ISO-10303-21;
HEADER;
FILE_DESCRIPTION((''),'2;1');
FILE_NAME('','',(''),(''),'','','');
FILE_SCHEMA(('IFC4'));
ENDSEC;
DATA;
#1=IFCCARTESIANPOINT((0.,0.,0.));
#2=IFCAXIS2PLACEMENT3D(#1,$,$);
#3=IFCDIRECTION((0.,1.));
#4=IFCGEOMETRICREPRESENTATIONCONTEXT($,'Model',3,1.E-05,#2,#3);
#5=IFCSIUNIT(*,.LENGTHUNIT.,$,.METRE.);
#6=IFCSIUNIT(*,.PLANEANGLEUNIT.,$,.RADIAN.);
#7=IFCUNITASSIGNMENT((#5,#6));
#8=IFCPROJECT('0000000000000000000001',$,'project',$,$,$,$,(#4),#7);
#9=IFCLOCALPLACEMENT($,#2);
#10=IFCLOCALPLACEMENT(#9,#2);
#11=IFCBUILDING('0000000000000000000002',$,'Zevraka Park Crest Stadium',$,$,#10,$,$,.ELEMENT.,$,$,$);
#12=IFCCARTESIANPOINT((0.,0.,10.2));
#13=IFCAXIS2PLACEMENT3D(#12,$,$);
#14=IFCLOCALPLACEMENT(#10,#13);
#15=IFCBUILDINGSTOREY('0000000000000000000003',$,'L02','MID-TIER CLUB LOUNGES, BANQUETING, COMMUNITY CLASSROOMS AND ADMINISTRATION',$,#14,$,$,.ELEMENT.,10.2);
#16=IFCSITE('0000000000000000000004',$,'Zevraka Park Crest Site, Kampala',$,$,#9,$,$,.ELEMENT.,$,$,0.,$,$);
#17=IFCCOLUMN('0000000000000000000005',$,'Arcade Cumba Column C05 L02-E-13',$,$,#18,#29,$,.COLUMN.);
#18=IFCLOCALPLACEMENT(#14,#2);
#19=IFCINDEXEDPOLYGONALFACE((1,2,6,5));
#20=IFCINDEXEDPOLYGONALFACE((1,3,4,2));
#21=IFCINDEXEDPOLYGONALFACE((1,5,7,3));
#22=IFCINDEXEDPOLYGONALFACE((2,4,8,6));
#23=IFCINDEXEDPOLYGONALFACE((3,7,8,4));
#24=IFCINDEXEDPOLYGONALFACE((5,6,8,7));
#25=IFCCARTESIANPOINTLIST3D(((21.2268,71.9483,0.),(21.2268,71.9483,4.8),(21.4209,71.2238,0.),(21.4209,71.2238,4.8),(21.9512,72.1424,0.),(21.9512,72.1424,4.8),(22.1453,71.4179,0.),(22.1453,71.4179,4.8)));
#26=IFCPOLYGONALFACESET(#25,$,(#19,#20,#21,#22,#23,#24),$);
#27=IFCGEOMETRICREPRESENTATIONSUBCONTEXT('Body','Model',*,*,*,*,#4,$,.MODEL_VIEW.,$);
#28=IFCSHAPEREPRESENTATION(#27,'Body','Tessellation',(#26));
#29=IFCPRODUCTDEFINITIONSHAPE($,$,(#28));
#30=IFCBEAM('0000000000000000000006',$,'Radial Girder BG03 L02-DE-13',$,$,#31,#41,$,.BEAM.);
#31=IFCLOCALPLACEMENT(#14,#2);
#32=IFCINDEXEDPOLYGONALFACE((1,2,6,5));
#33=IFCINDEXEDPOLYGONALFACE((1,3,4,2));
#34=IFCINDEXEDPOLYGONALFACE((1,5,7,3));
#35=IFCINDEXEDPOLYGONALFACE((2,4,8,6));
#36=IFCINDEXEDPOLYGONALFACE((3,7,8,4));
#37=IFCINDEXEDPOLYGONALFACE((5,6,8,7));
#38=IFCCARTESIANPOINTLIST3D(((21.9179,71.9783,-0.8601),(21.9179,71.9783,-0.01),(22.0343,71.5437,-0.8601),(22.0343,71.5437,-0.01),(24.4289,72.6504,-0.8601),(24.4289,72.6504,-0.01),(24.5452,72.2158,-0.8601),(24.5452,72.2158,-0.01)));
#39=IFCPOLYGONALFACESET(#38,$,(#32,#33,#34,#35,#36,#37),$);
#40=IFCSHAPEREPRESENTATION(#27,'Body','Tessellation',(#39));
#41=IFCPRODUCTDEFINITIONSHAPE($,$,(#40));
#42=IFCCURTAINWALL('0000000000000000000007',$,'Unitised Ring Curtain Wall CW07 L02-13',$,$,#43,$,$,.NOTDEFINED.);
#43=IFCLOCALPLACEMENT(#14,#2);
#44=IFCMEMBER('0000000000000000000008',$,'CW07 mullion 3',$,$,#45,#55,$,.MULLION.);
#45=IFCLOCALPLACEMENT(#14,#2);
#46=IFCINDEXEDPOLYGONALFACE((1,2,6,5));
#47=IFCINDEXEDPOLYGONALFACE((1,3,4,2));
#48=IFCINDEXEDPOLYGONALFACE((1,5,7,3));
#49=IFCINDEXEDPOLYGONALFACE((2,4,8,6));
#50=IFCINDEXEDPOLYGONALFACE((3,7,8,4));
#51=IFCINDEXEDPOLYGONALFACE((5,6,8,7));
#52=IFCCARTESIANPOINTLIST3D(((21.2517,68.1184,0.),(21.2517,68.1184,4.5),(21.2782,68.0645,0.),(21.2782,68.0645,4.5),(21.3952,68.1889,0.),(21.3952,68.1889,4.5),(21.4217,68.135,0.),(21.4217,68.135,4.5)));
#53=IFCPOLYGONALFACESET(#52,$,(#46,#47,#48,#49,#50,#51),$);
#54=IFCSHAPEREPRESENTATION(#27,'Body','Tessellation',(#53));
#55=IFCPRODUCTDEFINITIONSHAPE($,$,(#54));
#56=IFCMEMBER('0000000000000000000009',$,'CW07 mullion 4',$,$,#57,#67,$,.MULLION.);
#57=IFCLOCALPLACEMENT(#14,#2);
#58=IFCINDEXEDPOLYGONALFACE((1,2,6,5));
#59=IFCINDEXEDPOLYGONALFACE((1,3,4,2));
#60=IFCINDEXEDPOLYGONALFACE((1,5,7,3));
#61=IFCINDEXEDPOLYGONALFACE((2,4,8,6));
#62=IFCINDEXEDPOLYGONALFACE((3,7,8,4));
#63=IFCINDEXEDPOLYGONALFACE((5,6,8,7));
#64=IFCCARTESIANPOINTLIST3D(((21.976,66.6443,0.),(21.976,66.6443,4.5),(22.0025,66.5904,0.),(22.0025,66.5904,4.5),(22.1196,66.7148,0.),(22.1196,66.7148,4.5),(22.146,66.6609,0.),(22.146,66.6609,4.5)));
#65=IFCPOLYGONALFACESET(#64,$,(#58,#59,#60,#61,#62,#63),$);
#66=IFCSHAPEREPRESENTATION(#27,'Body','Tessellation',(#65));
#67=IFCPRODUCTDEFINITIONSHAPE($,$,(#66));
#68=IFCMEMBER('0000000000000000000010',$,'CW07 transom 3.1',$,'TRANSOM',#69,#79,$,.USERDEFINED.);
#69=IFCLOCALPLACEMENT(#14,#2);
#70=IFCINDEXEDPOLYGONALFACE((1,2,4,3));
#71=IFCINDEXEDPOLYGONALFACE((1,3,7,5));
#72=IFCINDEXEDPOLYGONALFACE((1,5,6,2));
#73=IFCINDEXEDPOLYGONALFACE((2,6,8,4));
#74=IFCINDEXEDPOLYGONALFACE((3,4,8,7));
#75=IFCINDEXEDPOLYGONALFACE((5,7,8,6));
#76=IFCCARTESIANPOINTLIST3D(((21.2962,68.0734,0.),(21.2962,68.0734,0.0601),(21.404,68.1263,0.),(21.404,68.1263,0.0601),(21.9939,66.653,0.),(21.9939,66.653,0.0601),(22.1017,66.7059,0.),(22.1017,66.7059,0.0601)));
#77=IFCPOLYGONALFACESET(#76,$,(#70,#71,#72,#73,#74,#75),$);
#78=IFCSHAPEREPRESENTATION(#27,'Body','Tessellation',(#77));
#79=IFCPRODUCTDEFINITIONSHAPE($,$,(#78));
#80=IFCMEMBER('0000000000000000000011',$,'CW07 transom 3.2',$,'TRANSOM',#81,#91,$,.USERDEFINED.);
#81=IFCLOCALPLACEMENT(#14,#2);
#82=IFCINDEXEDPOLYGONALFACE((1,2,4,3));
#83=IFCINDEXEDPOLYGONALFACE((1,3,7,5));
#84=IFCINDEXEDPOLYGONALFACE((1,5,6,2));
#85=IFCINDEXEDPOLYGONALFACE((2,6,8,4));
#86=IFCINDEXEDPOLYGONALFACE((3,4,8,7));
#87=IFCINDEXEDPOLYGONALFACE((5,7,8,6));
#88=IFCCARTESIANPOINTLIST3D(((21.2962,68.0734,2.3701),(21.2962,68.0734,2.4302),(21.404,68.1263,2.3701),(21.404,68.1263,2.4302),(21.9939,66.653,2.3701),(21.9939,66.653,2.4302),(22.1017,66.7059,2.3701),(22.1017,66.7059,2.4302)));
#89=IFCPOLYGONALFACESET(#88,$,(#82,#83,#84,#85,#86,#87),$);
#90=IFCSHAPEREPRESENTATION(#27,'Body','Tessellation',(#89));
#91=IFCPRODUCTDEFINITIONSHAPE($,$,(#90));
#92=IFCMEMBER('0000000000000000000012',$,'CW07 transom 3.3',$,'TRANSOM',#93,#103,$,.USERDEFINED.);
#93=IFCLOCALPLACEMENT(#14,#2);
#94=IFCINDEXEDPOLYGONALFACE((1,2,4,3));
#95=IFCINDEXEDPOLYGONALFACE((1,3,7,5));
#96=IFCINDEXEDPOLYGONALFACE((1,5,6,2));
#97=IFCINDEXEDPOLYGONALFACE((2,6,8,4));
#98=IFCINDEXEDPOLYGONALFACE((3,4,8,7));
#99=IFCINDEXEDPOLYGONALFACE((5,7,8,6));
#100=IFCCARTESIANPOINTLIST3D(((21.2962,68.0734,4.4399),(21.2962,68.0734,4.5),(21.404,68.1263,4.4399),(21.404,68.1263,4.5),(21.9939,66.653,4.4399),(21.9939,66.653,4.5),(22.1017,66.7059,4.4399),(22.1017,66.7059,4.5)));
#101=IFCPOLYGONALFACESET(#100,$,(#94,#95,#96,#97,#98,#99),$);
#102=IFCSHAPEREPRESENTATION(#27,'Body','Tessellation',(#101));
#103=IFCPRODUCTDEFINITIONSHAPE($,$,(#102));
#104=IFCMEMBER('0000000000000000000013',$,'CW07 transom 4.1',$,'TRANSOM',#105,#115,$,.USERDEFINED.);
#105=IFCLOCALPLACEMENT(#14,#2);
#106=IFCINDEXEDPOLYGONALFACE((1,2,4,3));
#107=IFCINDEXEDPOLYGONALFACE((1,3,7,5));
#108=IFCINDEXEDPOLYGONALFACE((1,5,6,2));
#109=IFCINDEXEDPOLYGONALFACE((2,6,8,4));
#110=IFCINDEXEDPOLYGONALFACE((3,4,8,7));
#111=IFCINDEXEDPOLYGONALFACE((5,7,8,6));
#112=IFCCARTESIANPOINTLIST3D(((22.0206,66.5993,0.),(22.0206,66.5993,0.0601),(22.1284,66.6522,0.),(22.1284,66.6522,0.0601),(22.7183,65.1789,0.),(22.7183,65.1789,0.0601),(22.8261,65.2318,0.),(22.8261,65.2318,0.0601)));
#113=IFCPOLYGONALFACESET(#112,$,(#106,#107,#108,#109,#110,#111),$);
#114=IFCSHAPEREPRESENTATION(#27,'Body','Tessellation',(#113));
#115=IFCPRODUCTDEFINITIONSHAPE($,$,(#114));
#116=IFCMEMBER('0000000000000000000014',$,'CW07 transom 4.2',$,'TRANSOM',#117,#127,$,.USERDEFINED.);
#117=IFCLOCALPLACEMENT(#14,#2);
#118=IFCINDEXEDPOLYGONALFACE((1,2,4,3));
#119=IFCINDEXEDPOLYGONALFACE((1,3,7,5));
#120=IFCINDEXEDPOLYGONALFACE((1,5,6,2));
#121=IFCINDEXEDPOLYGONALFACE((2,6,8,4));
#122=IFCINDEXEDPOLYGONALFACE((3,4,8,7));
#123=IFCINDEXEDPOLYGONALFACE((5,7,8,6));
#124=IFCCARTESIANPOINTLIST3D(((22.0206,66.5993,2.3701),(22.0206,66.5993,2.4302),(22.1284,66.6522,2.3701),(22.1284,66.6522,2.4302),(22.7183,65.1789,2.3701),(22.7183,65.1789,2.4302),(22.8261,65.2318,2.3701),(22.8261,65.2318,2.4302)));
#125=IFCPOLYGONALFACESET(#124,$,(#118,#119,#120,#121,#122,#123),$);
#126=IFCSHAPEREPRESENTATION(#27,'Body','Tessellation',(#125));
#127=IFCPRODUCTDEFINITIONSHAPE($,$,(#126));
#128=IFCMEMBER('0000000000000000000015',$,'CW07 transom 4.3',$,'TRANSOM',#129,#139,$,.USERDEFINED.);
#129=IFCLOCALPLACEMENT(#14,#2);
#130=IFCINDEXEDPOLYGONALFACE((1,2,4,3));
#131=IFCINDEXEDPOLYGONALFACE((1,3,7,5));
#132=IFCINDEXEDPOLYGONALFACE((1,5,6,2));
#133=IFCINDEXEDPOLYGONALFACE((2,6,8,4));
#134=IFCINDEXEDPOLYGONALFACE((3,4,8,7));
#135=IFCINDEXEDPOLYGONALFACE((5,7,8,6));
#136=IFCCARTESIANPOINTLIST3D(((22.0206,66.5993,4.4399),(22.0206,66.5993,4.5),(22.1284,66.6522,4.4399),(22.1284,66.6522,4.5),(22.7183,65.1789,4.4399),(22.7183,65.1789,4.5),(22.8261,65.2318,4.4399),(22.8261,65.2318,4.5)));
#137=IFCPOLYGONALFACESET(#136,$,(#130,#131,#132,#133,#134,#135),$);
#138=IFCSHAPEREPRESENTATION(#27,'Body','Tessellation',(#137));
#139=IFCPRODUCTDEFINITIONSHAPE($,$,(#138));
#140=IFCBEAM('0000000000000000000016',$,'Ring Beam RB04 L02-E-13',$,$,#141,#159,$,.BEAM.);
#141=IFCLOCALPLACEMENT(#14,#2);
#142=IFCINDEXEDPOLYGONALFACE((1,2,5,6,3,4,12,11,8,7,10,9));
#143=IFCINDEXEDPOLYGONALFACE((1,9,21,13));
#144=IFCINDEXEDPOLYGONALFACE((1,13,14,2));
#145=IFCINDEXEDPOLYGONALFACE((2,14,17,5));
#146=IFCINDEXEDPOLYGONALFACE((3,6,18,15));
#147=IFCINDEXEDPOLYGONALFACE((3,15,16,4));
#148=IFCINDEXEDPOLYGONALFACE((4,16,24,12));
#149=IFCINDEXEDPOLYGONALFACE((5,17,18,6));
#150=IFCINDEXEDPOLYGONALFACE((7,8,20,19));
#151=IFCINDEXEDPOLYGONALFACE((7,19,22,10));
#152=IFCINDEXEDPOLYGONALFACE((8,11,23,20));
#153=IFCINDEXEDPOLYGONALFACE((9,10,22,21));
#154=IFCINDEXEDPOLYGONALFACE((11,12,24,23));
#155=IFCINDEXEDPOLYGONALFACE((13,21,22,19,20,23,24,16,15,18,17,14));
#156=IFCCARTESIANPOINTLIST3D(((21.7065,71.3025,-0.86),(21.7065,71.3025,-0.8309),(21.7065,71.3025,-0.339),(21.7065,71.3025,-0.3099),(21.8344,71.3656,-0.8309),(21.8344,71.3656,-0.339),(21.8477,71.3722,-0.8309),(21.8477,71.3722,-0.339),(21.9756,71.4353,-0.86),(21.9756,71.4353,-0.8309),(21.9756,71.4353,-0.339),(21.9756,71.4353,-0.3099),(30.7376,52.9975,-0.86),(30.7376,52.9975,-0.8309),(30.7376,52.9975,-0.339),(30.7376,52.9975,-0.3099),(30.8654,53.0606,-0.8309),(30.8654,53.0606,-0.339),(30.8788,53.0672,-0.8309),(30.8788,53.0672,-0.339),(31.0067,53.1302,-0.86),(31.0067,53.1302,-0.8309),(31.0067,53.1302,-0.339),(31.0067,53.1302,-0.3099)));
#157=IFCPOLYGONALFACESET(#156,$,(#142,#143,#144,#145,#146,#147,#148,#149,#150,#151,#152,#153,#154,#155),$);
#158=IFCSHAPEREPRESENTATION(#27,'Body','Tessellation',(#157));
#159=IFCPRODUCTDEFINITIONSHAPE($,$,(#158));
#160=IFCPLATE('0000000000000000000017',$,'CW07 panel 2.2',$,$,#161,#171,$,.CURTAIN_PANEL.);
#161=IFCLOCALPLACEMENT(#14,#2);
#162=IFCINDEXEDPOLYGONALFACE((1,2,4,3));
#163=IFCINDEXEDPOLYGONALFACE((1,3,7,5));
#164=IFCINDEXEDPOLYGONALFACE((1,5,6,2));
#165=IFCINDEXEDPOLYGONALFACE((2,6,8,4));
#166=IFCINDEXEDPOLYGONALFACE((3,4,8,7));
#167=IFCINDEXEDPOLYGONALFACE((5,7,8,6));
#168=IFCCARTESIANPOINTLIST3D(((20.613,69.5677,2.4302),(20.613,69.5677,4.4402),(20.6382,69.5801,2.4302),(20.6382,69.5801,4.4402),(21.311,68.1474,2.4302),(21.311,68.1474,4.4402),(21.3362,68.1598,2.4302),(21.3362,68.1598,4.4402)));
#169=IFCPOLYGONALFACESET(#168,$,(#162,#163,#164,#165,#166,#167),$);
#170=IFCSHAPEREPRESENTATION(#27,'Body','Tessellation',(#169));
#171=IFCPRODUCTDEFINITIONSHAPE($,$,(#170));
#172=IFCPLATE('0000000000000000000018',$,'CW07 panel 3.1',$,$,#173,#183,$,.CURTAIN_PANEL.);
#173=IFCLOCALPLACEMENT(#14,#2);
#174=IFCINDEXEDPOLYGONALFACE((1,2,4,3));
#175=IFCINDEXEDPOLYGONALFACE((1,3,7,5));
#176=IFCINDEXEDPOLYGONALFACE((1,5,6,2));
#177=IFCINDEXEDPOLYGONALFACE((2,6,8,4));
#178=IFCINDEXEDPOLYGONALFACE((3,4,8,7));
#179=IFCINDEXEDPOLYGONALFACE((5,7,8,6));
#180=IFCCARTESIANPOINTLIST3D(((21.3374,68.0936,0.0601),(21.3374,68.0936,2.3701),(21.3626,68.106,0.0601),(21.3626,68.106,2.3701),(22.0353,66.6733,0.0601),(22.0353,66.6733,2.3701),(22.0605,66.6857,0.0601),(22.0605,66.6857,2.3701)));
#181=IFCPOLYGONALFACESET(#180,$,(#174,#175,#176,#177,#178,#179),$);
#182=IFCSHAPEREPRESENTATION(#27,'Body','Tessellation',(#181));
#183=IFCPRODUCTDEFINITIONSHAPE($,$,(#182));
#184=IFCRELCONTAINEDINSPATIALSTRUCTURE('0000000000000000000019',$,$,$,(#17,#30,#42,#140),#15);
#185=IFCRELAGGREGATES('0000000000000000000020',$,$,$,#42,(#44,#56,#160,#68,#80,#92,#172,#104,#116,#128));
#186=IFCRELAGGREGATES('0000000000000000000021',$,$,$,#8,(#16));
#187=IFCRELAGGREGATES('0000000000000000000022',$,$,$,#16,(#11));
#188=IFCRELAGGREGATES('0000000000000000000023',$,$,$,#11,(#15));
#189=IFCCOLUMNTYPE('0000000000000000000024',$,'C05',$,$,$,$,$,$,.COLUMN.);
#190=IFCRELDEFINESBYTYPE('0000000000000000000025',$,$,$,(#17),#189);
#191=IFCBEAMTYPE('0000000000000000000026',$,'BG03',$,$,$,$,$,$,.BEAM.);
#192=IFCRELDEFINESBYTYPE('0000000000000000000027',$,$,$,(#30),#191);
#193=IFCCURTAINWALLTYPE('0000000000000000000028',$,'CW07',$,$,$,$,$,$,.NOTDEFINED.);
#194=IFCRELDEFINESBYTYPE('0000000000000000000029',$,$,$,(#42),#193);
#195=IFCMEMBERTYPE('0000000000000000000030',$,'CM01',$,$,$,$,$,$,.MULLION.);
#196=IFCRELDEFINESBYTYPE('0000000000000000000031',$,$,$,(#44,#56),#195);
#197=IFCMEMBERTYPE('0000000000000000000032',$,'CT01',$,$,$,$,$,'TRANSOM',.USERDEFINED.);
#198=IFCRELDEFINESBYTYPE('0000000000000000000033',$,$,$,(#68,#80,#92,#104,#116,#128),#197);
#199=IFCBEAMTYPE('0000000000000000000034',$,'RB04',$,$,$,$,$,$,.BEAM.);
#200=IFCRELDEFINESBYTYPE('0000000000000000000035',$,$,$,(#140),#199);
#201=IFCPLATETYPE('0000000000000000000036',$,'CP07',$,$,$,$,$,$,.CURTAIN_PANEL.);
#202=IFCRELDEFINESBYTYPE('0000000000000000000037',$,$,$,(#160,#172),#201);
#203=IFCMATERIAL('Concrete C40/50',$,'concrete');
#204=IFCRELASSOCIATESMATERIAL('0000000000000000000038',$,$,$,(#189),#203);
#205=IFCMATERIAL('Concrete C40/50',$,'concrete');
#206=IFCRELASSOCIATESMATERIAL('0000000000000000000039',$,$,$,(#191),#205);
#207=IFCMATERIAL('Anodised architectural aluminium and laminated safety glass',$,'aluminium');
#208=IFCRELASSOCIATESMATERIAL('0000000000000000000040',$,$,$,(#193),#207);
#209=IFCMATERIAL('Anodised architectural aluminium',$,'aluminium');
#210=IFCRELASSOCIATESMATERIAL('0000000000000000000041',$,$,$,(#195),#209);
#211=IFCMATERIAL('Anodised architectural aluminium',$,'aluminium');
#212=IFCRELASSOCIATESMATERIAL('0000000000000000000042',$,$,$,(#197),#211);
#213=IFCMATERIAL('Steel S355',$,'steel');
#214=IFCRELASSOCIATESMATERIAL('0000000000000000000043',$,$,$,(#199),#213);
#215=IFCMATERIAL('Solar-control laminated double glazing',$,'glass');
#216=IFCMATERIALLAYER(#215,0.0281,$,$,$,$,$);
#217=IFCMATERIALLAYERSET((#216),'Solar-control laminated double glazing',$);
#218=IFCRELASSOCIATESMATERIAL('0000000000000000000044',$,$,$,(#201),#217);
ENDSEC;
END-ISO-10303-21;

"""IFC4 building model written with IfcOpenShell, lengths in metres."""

from ifc_helpers import new_model, si_unit, direction, frame, origin, origin_2d, place, context, subcontext, project, spatial, rectangle, i_section, extrude, material, layer, layer_set, material_profile, profile_set, type_object, element, aggregate, save


model = new_model("IFC4")

# Units and contexts
model_context = context("Model", 3, precision=1e-05, world=origin(), true_north=direction((0.0, 1.0)))
body_context = subcontext(model_context, "Body", "Model", "MODEL_VIEW")
ifc_project = project(units=[si_unit("LENGTHUNIT", "METRE"), si_unit("PLANEANGLEUNIT", "RADIAN")], contexts=[model_context])

# Site, building, storey
site_placement = place(None, origin())
site = spatial("IfcSite", under=ifc_project, at=site_placement, Name="Zevraka Park Crest Site, Kampala", CompositionType="ELEMENT", RefElevation=0.0)
building_placement = place(site_placement, origin())
building = spatial("IfcBuilding", under=site, at=building_placement, Name="Zevraka Park Crest Stadium", CompositionType="ELEMENT")
storey_placement = place(building_placement, frame((0.0, 0.0, 10.2)))
storey = spatial("IfcBuildingStorey", under=building, at=storey_placement, Name="L02", Description="MID-TIER CLUB LOUNGES, BANQUETING, COMMUNITY CLASSROOMS AND ADMINISTRATION", CompositionType="ELEMENT", Elevation=10.2)

# Column
ifc_material_1 = material(Name="Concrete C40/50", Category="concrete")
ifc_material_profile_1 = material_profile(ifc_material_1, rectangle(XDim=0.75, YDim=0.75, at=origin_2d()), Name="RC 750x750")
ifc_profile_set_1 = profile_set([ifc_material_profile_1], Name="Concrete C40/50")
column_type = type_object("IfcColumnType", Name="C05", PredefinedType="COLUMN", material=ifc_profile_set_1)
column_placement = place(storey_placement, frame((21.686, 71.6831, 0.0), z_axis=(0.0, 0.0, 1.0), x_axis=(0.965926, 0.258819, 0.0)))
element("IfcColumn", 1, at=column_placement, inside=storey, type_object=column_type, Name="Arcade Cumba Column C05 L02-E-13", PredefinedType="COLUMN", context=body_context, shape_type="SweptSolid", body=[
    extrude(rectangle(XDim=0.75, YDim=0.75, at=origin_2d()), origin(), (0.0, 0.0, 1.0), 4.8),
])

# Beam
ifc_material_2 = material(Name="Concrete C40/50", Category="concrete")
ifc_material_profile_2 = material_profile(ifc_material_2, rectangle(XDim=0.45, YDim=0.8501, at=origin_2d()), Name="RC 850x450")
ifc_profile_set_2 = profile_set([ifc_material_profile_2], Name="Concrete C40/50")
beam_type_1 = type_object("IfcBeamType", Name="BG03", PredefinedType="BEAM", material=ifc_profile_set_2)
beam_1_placement = place(storey_placement, frame((24.4871, 72.4331, -0.4351), z_axis=(-0.965993, -0.258569, 0.0), x_axis=(0.258569, -0.965993, 0.0)))
element("IfcBeam", 2, at=beam_1_placement, inside=storey, type_object=beam_type_1, Name="Radial Girder BG03 L02-DE-13", PredefinedType="BEAM", context=body_context, shape_type="SweptSolid", body=[
    extrude(rectangle(XDim=0.45, YDim=0.8501, at=origin_2d()), origin(), (0.0, 0.0, 1.0), 2.5994),
])

# Curtain wall, members
ifc_material_3 = material(Name="Anodised architectural aluminium and laminated safety glass", Category="aluminium")
curtain_wall_type = type_object("IfcCurtainWallType", Name="CW07", PredefinedType="NOTDEFINED", material=ifc_material_3)
curtain_wall_placement = place(storey_placement, origin())
curtain_wall = element("IfcCurtainWall", 3, at=curtain_wall_placement, inside=storey, type_object=curtain_wall_type, Name="Unitised Ring Curtain Wall CW07 L02-13", PredefinedType="NOTDEFINED")
ifc_material_4 = material(Name="Anodised architectural aluminium", Category="aluminium")
ifc_material_profile_3 = material_profile(ifc_material_4, rectangle(XDim=0.1599, YDim=0.0601, at=origin_2d()), Name="ALU MULLION 160x60")
ifc_profile_set_3 = profile_set([ifc_material_profile_3], Name="Anodised architectural aluminium")
member_type_1 = type_object("IfcMemberType", Name="CM01", PredefinedType="MULLION", material=ifc_profile_set_3)
member_1_placement = place(storey_placement, frame((21.3367, 68.1267, 0.0), z_axis=(0.0, 0.0, 1.0), x_axis=(0.897497, 0.441021, 0.0)))
member_1 = element("IfcMember", 4, at=member_1_placement, type_object=member_type_1, Name="CW07 mullion 3", PredefinedType="MULLION", context=body_context, shape_type="SweptSolid", body=[
    extrude(rectangle(XDim=0.1599, YDim=0.0601, at=origin_2d()), origin(), (0.0, 0.0, 1.0), 4.5),
])
member_2_placement = place(storey_placement, frame((22.061, 66.6526, 0.0), z_axis=(0.0, 0.0, 1.0), x_axis=(0.897497, 0.441021, 0.0)))
member_2 = element("IfcMember", 5, at=member_2_placement, type_object=member_type_1, Name="CW07 mullion 4", PredefinedType="MULLION", context=body_context, shape_type="SweptSolid", body=[
    extrude(rectangle(XDim=0.1599, YDim=0.0601, at=origin_2d()), origin(), (0.0, 0.0, 1.0), 4.5),
])
ifc_material_5 = material(Name="Anodised architectural aluminium", Category="aluminium")
ifc_material_profile_4 = material_profile(ifc_material_5, rectangle(XDim=0.1201, YDim=0.0601, at=origin_2d()), Name="ALU TRANSOM 120x60")
ifc_profile_set_4 = profile_set([ifc_material_profile_4], Name="Anodised architectural aluminium")
member_type_2 = type_object("IfcMemberType", Name="CT01", ElementType="TRANSOM", PredefinedType="USERDEFINED", material=ifc_profile_set_4)
member_3_placement = place(storey_placement, frame((21.3501, 68.0999, 0.03), z_axis=(0.440908, -0.897552, 0.0), x_axis=(0.897552, 0.440908, 0.0)))
member_3 = element("IfcMember", 6, at=member_3_placement, type_object=member_type_2, Name="CW07 transom 3.1", ObjectType="TRANSOM", PredefinedType="USERDEFINED", context=body_context, shape_type="SweptSolid", body=[
    extrude(rectangle(XDim=0.1201, YDim=0.0601, at=origin_2d()), origin(), (0.0, 0.0, 1.0), 1.5825),
])
member_4_placement = place(storey_placement, frame((21.3501, 68.0999, 2.4001), z_axis=(0.440908, -0.897552, 0.0), x_axis=(0.897552, 0.440908, 0.0)))
member_4 = element("IfcMember", 7, at=member_4_placement, type_object=member_type_2, Name="CW07 transom 3.2", ObjectType="TRANSOM", PredefinedType="USERDEFINED", context=body_context, shape_type="SweptSolid", body=[
    extrude(rectangle(XDim=0.1201, YDim=0.0601, at=origin_2d()), origin(), (0.0, 0.0, 1.0), 1.5825),
])
member_5_placement = place(storey_placement, frame((21.3501, 68.0999, 4.47), z_axis=(0.440908, -0.897552, 0.0), x_axis=(0.897552, 0.440908, 0.0)))
member_5 = element("IfcMember", 8, at=member_5_placement, type_object=member_type_2, Name="CW07 transom 3.3", ObjectType="TRANSOM", PredefinedType="USERDEFINED", context=body_context, shape_type="SweptSolid", body=[
    extrude(rectangle(XDim=0.1201, YDim=0.0601, at=origin_2d()), origin(), (0.0, 0.0, 1.0), 1.5825),
])
member_6_placement = place(storey_placement, frame((22.0745, 66.6257, 0.03), z_axis=(0.440908, -0.897552, 0.0), x_axis=(0.897552, 0.440908, 0.0)))
member_6 = element("IfcMember", 9, at=member_6_placement, type_object=member_type_2, Name="CW07 transom 4.1", ObjectType="TRANSOM", PredefinedType="USERDEFINED", context=body_context, shape_type="SweptSolid", body=[
    extrude(rectangle(XDim=0.1201, YDim=0.0601, at=origin_2d()), origin(), (0.0, 0.0, 1.0), 1.5825),
])
member_7_placement = place(storey_placement, frame((22.0745, 66.6257, 2.4001), z_axis=(0.440908, -0.897552, 0.0), x_axis=(0.897552, 0.440908, 0.0)))
member_7 = element("IfcMember", 10, at=member_7_placement, type_object=member_type_2, Name="CW07 transom 4.2", ObjectType="TRANSOM", PredefinedType="USERDEFINED", context=body_context, shape_type="SweptSolid", body=[
    extrude(rectangle(XDim=0.1201, YDim=0.0601, at=origin_2d()), origin(), (0.0, 0.0, 1.0), 1.5825),
])
member_8_placement = place(storey_placement, frame((22.0745, 66.6257, 4.47), z_axis=(0.440908, -0.897552, 0.0), x_axis=(0.897552, 0.440908, 0.0)))
member_8 = element("IfcMember", 11, at=member_8_placement, type_object=member_type_2, Name="CW07 transom 4.3", ObjectType="TRANSOM", PredefinedType="USERDEFINED", context=body_context, shape_type="SweptSolid", body=[
    extrude(rectangle(XDim=0.1201, YDim=0.0601, at=origin_2d()), origin(), (0.0, 0.0, 1.0), 1.5825),
])

# Beam
ifc_material_6 = material(Name="Steel S355", Category="steel")
ifc_material_profile_5 = material_profile(ifc_material_6, i_section(OverallWidth=0.3, OverallDepth=0.55, WebThickness=0.0149, FlangeThickness=0.0291, at=origin_2d()), Name="HEB 550")
ifc_profile_set_5 = profile_set([ifc_material_profile_5], Name="Steel S355")
beam_type_2 = type_object("IfcBeamType", Name="RB04", PredefinedType="BEAM", material=ifc_profile_set_5)
beam_2_placement = place(storey_placement, frame((21.8411, 71.3689, -0.585), z_axis=(0.442447, -0.896795, 0.0), x_axis=(0.896795, 0.442447, 0.0)))
element("IfcBeam", 12, at=beam_2_placement, inside=storey, type_object=beam_type_2, Name="Ring Beam RB04 L02-E-13", PredefinedType="BEAM", context=body_context, shape_type="SweptSolid", body=[
    extrude(i_section(OverallWidth=0.3, OverallDepth=0.55, WebThickness=0.0149, FlangeThickness=0.0291, at=origin_2d()), origin(), (0.0, 0.0, 1.0), 20.4116),
])

# Plates
ifc_material_7 = material(Name="Solar-control laminated double glazing", Category="glass")
ifc_layer_1 = layer(ifc_material_7, 0.0281)
ifc_layer_set_1 = layer_set([ifc_layer_1], Name="Solar-control laminated double glazing")
plate_type = type_object("IfcPlateType", Name="CP07", PredefinedType="CURTAIN_PANEL", material=ifc_layer_set_1)
plate_1_placement = place(storey_placement, frame((20.9746, 68.8638, 2.4302), z_axis=(0.0, 0.0, 1.0), x_axis=(0.441021, -0.897497, 0.0)))
plate_1 = element("IfcPlate", 13, at=plate_1_placement, type_object=plate_type, Name="CW07 panel 2.2", PredefinedType="CURTAIN_PANEL", context=body_context, shape_type="SweptSolid", body=[
    extrude(rectangle(XDim=1.5825, YDim=0.0281, at=origin_2d()), origin(), (0.0, 0.0, 1.0), 2.01),
])
plate_2_placement = place(storey_placement, frame((21.699, 67.3896, 0.0601), z_axis=(0.0, 0.0, 1.0), x_axis=(0.441021, -0.897497, 0.0)))
plate_2 = element("IfcPlate", 14, at=plate_2_placement, type_object=plate_type, Name="CW07 panel 3.1", PredefinedType="CURTAIN_PANEL", context=body_context, shape_type="SweptSolid", body=[
    extrude(rectangle(XDim=1.5825, YDim=0.0281, at=origin_2d()), origin(), (0.0, 0.0, 1.0), 2.3101),
])
aggregate(curtain_wall, [member_1, member_2, plate_1, member_3, member_4, member_5, plate_2, member_6, member_7, member_8])

save(model, "model.ifc")
